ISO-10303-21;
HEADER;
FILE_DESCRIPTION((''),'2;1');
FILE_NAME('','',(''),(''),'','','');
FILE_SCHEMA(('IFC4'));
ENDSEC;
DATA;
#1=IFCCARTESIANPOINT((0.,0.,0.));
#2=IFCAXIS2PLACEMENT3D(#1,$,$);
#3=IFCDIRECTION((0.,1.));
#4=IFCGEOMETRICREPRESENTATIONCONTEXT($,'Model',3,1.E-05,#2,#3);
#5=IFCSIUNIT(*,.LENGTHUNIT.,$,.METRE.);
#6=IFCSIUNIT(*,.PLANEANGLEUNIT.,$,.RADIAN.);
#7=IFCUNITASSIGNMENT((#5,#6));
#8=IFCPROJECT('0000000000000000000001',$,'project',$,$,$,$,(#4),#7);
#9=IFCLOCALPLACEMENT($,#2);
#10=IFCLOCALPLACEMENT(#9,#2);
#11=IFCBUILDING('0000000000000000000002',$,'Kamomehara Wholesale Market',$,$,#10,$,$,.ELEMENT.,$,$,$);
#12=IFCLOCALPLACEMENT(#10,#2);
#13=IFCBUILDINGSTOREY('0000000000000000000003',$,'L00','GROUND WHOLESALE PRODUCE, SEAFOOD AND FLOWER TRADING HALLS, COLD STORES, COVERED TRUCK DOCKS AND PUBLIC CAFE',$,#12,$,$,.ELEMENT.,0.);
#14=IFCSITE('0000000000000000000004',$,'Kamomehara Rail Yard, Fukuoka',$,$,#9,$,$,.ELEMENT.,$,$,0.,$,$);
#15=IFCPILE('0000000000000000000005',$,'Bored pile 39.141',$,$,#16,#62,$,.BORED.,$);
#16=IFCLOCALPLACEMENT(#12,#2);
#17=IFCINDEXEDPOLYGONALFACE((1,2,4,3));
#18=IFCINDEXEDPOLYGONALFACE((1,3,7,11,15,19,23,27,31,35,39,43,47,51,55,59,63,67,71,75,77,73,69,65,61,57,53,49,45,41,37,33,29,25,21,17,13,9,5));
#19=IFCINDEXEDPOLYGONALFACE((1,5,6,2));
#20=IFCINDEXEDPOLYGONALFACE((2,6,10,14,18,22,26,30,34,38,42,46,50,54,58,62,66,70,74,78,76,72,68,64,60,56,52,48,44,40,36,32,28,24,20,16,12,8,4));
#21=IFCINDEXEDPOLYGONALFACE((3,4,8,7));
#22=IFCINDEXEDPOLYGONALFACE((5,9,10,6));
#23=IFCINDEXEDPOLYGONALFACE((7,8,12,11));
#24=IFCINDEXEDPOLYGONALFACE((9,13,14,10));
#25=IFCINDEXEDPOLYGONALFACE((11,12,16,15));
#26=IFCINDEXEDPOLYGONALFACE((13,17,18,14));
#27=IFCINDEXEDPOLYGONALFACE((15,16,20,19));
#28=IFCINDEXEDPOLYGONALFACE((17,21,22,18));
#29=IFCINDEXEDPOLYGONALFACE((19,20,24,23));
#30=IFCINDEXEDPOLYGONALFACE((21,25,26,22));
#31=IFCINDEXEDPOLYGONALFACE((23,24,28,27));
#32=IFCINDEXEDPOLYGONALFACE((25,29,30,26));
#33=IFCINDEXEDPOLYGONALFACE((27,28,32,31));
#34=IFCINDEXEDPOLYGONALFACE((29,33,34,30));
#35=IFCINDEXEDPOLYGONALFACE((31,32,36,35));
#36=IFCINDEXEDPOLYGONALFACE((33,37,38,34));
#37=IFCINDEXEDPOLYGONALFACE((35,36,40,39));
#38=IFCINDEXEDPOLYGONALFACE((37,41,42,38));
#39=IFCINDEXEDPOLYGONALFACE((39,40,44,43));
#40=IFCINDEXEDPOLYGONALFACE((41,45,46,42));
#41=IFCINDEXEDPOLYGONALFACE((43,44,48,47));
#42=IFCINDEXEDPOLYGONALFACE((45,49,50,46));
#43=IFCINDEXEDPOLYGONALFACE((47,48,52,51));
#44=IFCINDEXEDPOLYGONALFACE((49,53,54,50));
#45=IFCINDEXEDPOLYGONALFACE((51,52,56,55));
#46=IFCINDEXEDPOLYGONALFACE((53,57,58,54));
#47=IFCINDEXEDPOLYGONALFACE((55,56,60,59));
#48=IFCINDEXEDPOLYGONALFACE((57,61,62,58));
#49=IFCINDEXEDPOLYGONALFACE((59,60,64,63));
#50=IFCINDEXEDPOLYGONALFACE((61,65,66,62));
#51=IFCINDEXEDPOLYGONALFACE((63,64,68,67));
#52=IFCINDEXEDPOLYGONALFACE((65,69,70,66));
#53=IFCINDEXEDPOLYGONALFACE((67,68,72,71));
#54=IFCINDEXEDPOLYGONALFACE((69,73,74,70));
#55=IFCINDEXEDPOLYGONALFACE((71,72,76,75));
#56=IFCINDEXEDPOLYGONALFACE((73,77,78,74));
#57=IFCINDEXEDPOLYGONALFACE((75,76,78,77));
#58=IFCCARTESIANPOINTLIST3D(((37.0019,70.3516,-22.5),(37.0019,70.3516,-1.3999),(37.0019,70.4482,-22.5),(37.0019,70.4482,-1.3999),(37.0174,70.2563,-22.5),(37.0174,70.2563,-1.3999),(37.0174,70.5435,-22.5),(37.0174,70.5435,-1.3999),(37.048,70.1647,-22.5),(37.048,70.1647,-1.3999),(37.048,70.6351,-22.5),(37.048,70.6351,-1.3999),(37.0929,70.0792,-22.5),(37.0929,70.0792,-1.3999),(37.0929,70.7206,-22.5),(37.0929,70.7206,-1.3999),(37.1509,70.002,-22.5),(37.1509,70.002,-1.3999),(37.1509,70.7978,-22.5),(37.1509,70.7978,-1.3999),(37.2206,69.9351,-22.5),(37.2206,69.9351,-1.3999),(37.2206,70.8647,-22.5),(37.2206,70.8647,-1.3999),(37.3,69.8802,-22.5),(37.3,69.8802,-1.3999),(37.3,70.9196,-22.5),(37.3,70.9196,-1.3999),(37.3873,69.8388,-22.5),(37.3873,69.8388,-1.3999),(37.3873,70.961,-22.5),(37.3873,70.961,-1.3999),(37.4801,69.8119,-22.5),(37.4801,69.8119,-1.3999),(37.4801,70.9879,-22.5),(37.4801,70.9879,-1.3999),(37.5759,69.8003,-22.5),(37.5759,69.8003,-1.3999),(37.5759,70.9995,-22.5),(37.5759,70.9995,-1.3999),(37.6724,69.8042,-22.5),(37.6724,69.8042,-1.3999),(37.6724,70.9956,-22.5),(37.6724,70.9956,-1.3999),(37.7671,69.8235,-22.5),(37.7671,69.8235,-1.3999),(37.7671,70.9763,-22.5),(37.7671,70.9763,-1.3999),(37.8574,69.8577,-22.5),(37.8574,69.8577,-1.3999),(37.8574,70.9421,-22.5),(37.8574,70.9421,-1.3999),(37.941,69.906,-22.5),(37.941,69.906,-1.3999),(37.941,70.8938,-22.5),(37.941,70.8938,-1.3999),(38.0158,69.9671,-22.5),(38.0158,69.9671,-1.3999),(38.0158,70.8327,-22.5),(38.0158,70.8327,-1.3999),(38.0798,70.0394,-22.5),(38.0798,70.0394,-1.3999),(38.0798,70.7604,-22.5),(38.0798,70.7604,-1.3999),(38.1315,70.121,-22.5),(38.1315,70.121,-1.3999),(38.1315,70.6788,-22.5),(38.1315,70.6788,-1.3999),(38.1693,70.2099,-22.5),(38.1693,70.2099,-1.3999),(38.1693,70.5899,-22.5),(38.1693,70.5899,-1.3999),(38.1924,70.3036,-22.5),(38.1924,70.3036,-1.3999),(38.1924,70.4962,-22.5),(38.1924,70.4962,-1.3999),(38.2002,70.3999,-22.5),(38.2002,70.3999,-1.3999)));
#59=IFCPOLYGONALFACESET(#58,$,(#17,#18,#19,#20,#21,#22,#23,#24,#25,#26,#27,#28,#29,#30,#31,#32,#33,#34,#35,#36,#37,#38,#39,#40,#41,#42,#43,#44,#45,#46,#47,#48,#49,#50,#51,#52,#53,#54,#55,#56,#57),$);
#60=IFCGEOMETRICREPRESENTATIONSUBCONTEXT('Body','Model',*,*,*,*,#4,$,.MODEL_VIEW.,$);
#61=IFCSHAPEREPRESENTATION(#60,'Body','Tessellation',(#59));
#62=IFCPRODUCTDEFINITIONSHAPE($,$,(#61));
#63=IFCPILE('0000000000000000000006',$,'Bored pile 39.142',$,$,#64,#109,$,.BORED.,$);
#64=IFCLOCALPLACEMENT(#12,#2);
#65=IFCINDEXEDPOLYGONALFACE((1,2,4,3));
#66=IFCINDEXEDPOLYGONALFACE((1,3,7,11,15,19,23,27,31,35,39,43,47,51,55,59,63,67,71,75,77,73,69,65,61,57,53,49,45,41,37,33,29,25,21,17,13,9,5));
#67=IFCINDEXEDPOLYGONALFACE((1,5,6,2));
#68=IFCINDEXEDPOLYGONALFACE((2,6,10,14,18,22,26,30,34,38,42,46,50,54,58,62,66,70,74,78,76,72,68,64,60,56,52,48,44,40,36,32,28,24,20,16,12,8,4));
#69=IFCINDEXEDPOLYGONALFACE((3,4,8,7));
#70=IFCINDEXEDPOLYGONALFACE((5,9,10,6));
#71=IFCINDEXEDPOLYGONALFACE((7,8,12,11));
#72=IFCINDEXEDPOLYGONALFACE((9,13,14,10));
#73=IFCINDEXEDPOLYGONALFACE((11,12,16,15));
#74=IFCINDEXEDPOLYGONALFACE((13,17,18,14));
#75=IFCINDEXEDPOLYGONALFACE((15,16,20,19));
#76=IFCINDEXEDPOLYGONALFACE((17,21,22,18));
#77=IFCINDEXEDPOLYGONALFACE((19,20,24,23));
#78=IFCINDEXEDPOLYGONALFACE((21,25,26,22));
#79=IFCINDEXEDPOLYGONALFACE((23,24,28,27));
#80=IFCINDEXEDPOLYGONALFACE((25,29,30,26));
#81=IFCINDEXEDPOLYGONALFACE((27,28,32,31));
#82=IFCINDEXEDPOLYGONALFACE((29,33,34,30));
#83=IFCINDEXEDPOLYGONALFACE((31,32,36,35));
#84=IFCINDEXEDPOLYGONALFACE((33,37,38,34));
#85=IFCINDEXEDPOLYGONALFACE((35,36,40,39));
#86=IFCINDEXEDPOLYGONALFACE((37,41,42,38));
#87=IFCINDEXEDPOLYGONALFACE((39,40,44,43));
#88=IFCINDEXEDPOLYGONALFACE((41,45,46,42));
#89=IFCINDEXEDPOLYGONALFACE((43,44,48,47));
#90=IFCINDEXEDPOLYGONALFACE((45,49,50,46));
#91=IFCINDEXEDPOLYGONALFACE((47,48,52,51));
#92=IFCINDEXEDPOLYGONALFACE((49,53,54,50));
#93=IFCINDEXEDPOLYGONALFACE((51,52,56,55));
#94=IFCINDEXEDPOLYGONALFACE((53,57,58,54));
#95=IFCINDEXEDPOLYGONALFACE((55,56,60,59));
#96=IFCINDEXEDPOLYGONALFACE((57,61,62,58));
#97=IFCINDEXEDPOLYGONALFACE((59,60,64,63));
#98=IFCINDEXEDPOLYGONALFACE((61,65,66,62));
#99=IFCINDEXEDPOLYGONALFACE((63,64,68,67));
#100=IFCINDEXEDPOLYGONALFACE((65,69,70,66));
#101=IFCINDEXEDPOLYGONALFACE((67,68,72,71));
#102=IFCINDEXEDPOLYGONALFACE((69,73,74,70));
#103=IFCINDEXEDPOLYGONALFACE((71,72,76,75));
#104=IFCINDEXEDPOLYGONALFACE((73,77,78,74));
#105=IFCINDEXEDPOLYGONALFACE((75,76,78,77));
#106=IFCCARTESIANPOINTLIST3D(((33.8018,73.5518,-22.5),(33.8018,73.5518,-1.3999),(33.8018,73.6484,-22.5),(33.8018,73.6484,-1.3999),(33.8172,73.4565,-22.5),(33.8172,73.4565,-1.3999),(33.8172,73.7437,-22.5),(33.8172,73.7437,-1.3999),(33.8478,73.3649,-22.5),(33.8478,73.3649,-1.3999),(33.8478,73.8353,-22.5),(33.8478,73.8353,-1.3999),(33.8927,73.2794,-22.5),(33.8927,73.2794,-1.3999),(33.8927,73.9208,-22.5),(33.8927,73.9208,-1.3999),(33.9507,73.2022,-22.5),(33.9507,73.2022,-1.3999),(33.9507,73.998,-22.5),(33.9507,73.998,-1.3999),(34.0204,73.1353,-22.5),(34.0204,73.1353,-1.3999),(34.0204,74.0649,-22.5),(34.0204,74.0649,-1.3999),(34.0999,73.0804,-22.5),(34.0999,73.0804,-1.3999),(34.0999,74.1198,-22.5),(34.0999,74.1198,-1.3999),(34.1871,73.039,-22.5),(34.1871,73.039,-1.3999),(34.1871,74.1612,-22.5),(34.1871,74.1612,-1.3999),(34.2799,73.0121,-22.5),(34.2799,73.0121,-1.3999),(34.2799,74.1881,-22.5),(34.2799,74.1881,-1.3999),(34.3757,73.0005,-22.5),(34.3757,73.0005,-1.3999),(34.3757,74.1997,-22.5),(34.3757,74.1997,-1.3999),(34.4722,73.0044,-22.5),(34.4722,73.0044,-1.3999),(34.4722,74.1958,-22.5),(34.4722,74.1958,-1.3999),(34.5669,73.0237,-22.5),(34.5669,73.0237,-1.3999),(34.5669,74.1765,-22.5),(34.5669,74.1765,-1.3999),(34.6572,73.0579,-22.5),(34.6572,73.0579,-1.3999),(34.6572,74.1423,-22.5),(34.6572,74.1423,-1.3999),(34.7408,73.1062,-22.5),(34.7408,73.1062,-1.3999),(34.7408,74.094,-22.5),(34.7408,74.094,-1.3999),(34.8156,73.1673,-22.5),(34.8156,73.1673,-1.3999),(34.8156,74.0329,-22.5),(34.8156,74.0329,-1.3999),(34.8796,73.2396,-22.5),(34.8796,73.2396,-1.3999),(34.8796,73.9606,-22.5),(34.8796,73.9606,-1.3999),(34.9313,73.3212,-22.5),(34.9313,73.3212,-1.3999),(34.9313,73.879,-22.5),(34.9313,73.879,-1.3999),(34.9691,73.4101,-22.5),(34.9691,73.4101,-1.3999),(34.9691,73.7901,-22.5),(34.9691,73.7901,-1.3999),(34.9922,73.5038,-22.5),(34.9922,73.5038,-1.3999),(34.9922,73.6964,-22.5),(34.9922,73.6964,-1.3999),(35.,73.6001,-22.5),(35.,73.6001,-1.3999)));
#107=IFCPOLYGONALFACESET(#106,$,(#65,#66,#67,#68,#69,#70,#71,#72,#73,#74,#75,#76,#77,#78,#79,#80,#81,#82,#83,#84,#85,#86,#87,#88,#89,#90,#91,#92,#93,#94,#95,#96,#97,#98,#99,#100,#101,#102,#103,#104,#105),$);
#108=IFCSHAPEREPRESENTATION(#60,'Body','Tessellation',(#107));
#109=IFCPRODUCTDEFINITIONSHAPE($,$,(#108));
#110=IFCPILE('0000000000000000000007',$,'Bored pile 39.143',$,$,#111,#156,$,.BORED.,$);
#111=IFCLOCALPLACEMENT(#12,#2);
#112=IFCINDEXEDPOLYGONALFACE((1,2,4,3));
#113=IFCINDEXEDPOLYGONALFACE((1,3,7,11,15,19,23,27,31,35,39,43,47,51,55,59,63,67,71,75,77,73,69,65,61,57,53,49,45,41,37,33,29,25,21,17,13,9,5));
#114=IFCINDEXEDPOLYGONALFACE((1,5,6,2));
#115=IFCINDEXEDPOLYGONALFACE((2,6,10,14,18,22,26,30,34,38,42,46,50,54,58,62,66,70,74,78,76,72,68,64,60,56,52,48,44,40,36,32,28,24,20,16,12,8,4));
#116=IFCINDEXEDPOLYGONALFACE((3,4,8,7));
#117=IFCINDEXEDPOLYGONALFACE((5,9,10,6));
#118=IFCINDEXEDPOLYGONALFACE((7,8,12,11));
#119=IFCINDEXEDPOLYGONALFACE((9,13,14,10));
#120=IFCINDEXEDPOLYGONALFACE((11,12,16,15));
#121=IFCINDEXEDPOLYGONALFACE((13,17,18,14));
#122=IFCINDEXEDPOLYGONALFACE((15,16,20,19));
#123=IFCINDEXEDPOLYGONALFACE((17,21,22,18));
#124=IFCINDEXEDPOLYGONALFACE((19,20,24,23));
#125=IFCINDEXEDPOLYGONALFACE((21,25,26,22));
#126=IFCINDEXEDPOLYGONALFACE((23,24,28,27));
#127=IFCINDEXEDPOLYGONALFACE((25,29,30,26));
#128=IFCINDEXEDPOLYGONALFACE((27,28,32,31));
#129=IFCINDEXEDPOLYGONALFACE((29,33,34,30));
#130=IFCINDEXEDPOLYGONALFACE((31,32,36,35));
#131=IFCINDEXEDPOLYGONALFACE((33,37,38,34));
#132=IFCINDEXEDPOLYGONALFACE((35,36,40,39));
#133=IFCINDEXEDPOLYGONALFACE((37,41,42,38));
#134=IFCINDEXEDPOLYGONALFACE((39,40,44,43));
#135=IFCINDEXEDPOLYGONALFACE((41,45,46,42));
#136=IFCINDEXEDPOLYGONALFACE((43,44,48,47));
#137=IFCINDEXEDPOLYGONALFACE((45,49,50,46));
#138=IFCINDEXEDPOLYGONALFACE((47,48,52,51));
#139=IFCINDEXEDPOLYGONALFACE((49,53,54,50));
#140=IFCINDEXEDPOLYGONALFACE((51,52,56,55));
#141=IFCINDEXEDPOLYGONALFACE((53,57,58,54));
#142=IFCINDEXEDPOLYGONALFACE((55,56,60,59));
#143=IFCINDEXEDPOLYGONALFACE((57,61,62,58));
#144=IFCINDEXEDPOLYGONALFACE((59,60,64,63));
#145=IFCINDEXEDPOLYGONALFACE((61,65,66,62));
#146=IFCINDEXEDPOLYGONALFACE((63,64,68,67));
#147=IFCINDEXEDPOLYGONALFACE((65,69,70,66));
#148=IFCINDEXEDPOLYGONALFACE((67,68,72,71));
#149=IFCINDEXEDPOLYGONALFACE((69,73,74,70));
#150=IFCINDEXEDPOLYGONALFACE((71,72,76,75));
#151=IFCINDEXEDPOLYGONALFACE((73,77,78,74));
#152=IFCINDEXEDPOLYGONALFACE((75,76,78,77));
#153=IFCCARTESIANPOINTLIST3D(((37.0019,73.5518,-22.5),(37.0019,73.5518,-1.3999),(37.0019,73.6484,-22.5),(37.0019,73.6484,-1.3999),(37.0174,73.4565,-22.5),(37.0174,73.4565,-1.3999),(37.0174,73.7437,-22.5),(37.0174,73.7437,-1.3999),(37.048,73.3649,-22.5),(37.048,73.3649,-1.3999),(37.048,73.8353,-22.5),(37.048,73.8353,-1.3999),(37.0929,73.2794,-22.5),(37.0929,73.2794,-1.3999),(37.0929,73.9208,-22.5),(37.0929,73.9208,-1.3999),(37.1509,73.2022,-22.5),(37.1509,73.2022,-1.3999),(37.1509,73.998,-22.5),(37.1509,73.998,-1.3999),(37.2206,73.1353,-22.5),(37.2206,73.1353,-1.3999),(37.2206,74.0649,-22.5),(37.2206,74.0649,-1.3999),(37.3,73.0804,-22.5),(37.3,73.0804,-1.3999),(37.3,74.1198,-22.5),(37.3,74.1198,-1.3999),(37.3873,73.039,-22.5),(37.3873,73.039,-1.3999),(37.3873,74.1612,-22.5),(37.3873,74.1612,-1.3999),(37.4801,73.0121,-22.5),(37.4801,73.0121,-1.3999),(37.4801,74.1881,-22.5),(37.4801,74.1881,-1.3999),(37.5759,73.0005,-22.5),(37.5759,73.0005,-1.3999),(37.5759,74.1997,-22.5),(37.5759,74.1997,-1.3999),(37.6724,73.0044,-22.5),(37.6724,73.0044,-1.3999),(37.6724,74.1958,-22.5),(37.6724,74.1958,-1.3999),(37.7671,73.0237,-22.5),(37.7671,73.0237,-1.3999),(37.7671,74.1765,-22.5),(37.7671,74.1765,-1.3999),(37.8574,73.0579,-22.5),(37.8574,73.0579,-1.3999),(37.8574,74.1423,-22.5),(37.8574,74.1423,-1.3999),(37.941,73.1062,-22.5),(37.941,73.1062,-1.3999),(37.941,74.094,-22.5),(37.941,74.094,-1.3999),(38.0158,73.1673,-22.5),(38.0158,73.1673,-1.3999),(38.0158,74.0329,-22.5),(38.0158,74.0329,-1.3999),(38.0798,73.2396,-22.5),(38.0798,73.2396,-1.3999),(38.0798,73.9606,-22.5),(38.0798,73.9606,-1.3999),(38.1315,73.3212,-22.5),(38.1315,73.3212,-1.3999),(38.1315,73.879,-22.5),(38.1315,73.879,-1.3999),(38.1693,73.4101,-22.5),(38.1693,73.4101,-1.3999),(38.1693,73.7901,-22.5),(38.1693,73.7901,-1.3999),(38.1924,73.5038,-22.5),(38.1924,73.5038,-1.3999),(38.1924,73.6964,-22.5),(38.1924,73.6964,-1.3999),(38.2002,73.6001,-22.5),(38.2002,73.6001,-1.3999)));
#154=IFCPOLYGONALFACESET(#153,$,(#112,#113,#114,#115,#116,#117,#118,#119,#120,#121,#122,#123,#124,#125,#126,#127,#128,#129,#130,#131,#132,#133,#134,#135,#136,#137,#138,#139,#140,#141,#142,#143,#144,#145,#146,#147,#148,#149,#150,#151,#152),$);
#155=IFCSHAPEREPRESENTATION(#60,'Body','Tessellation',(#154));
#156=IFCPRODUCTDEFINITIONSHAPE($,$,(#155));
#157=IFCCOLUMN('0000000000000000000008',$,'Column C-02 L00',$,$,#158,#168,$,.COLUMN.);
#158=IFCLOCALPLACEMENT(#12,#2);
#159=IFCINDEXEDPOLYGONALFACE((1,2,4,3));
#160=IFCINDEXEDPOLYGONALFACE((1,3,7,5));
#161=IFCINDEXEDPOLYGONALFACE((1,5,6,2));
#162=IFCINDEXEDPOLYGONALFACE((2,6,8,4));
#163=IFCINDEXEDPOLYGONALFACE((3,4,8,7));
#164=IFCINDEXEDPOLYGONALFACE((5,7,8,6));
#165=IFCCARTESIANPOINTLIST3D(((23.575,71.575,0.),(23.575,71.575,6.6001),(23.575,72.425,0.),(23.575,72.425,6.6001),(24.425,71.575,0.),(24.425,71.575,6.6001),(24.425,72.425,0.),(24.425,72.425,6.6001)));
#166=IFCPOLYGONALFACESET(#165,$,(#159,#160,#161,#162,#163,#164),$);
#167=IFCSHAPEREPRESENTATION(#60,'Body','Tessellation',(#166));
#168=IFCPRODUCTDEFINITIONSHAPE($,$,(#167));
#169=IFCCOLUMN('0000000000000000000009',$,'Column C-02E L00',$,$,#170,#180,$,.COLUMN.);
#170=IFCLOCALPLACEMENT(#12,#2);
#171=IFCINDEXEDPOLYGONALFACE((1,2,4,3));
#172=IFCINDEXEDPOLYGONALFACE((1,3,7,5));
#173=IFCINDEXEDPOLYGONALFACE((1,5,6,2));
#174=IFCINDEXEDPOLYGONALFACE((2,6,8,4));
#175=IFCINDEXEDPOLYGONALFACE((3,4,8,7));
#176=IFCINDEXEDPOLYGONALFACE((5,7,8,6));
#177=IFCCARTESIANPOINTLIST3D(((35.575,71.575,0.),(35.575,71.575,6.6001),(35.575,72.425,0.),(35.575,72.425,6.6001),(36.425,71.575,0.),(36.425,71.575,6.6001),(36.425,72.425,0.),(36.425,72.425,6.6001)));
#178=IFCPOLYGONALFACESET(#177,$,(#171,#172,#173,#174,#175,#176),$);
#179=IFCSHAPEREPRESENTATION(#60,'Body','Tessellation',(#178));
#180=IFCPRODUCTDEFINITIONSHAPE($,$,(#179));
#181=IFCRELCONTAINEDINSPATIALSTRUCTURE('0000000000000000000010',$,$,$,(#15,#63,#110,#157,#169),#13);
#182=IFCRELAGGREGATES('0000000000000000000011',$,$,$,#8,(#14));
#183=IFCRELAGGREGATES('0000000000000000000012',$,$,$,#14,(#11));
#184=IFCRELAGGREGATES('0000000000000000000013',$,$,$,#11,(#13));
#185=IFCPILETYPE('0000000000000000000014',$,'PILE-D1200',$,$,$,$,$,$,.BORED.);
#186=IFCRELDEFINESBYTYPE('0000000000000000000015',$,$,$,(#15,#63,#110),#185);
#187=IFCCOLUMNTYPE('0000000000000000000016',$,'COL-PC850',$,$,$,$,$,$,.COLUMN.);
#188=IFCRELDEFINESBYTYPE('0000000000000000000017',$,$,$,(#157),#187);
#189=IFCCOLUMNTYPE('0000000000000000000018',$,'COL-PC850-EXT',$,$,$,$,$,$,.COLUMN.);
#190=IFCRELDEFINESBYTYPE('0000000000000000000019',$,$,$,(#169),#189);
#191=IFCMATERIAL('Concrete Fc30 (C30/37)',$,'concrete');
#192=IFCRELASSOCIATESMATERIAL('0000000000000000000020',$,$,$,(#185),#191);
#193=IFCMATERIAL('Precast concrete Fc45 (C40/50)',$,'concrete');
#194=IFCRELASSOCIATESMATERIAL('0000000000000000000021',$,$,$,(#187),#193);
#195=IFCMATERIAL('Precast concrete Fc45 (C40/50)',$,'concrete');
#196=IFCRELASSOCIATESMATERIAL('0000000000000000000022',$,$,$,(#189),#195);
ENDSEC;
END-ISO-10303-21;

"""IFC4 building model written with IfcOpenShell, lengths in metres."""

from ifc_helpers import new_model, si_unit, direction, frame, origin, origin_2d, place, context, subcontext, project, spatial, rectangle, circle, extrude, material, material_profile, profile_set, type_object, element, save


model = new_model("IFC4")

# Units and contexts
model_context = context("Model", 3, precision=1e-05, world=origin(), true_north=direction((0.0, 1.0)))
body_context = subcontext(model_context, "Body", "Model", "MODEL_VIEW")
ifc_project = project(units=[si_unit("LENGTHUNIT", "METRE"), si_unit("PLANEANGLEUNIT", "RADIAN")], contexts=[model_context])

# Site, building, storey
site_placement = place(None, origin())
site = spatial("IfcSite", under=ifc_project, at=site_placement, Name="Kamomehara Rail Yard, Fukuoka", CompositionType="ELEMENT", RefElevation=0.0)
building_placement = place(site_placement, origin())
building = spatial("IfcBuilding", under=site, at=building_placement, Name="Kamomehara Wholesale Market", CompositionType="ELEMENT")
storey_placement = place(building_placement, origin())
storey = spatial("IfcBuildingStorey", under=building, at=storey_placement, Name="L00", Description="GROUND WHOLESALE PRODUCE, SEAFOOD AND FLOWER TRADING HALLS, COLD STORES, COVERED TRUCK DOCKS AND PUBLIC CAFE", CompositionType="ELEMENT", Elevation=0.0)

# Piles
ifc_material_1 = material(Name="Concrete Fc30 (C30/37)", Category="concrete")
ifc_material_profile_1 = material_profile(ifc_material_1, circle(Radius=0.6001, at=origin_2d()), Name="RC-PILE-D1200")
ifc_profile_set_1 = profile_set([ifc_material_profile_1], Name="Concrete Fc30 (C30/37)")
pile_type_1 = type_object("IfcPileType", Name="PILE-D1200", PredefinedType="BORED", material=ifc_profile_set_1)
for number, where, z_axis, x_axis, name in (
    (1, (37.6001, 70.3999, -1.3999), (0.0, 0.0, -1.0), (1.0, 0.0, 0.0), "Bored pile 39.141"),
    (2, (34.3999, 73.6001, -1.3999), (0.0, 0.0, -1.0), (1.0, 0.0, 0.0), "Bored pile 39.142"),
    (3, (37.6001, 73.6001, -1.3999), (0.0, 0.0, -1.0), (1.0, 0.0, 0.0), "Bored pile 39.143"),
):
    element("IfcPile", number, at=place(storey_placement, frame(where, z_axis=z_axis, x_axis=x_axis)), inside=storey, type_object=pile_type_1, Name=name, PredefinedType="BORED", context=body_context, shape_type="SweptSolid", body=[
        extrude(circle(Radius=0.6001, at=origin_2d()), origin(), (0.0, 0.0, 1.0), 21.1001),
    ])

# Columns
ifc_material_2 = material(Name="Precast concrete Fc45 (C40/50)", Category="concrete")
ifc_material_profile_2 = material_profile(ifc_material_2, rectangle(XDim=0.8501, YDim=0.8501, at=origin_2d()), Name="PC-COL-850x850")
ifc_profile_set_2 = profile_set([ifc_material_profile_2], Name="Precast concrete Fc45 (C40/50)")
column_type_1 = type_object("IfcColumnType", Name="COL-PC850", PredefinedType="COLUMN", material=ifc_profile_set_2)
column_1_placement = place(storey_placement, frame((24.0, 72.0, 0.0), z_axis=(0.0, 0.0, 1.0), x_axis=(1.0, 0.0, 0.0)))
element("IfcColumn", 4, at=column_1_placement, inside=storey, type_object=column_type_1, Name="Column C-02 L00", PredefinedType="COLUMN", context=body_context, shape_type="SweptSolid", body=[
    extrude(rectangle(XDim=0.8501, YDim=0.8501, at=origin_2d()), origin(), (0.0, 0.0, 1.0), 6.6001),
])
ifc_material_3 = material(Name="Precast concrete Fc45 (C40/50)", Category="concrete")
ifc_material_profile_3 = material_profile(ifc_material_3, rectangle(XDim=0.8501, YDim=0.8501, at=origin_2d()), Name="PC-COL-850x850")
ifc_profile_set_3 = profile_set([ifc_material_profile_3], Name="Precast concrete Fc45 (C40/50)")
column_type_2 = type_object("IfcColumnType", Name="COL-PC850-EXT", PredefinedType="COLUMN", material=ifc_profile_set_3)
column_2_placement = place(storey_placement, frame((36.0, 72.0, 0.0), z_axis=(0.0, 0.0, 1.0), x_axis=(1.0, 0.0, 0.0)))
element("IfcColumn", 5, at=column_2_placement, inside=storey, type_object=column_type_2, Name="Column C-02E L00", PredefinedType="COLUMN", context=body_context, shape_type="SweptSolid", body=[
    extrude(rectangle(XDim=0.8501, YDim=0.8501, at=origin_2d()), origin(), (0.0, 0.0, 1.0), 6.6001),
])

save(model, "model.ifc")
